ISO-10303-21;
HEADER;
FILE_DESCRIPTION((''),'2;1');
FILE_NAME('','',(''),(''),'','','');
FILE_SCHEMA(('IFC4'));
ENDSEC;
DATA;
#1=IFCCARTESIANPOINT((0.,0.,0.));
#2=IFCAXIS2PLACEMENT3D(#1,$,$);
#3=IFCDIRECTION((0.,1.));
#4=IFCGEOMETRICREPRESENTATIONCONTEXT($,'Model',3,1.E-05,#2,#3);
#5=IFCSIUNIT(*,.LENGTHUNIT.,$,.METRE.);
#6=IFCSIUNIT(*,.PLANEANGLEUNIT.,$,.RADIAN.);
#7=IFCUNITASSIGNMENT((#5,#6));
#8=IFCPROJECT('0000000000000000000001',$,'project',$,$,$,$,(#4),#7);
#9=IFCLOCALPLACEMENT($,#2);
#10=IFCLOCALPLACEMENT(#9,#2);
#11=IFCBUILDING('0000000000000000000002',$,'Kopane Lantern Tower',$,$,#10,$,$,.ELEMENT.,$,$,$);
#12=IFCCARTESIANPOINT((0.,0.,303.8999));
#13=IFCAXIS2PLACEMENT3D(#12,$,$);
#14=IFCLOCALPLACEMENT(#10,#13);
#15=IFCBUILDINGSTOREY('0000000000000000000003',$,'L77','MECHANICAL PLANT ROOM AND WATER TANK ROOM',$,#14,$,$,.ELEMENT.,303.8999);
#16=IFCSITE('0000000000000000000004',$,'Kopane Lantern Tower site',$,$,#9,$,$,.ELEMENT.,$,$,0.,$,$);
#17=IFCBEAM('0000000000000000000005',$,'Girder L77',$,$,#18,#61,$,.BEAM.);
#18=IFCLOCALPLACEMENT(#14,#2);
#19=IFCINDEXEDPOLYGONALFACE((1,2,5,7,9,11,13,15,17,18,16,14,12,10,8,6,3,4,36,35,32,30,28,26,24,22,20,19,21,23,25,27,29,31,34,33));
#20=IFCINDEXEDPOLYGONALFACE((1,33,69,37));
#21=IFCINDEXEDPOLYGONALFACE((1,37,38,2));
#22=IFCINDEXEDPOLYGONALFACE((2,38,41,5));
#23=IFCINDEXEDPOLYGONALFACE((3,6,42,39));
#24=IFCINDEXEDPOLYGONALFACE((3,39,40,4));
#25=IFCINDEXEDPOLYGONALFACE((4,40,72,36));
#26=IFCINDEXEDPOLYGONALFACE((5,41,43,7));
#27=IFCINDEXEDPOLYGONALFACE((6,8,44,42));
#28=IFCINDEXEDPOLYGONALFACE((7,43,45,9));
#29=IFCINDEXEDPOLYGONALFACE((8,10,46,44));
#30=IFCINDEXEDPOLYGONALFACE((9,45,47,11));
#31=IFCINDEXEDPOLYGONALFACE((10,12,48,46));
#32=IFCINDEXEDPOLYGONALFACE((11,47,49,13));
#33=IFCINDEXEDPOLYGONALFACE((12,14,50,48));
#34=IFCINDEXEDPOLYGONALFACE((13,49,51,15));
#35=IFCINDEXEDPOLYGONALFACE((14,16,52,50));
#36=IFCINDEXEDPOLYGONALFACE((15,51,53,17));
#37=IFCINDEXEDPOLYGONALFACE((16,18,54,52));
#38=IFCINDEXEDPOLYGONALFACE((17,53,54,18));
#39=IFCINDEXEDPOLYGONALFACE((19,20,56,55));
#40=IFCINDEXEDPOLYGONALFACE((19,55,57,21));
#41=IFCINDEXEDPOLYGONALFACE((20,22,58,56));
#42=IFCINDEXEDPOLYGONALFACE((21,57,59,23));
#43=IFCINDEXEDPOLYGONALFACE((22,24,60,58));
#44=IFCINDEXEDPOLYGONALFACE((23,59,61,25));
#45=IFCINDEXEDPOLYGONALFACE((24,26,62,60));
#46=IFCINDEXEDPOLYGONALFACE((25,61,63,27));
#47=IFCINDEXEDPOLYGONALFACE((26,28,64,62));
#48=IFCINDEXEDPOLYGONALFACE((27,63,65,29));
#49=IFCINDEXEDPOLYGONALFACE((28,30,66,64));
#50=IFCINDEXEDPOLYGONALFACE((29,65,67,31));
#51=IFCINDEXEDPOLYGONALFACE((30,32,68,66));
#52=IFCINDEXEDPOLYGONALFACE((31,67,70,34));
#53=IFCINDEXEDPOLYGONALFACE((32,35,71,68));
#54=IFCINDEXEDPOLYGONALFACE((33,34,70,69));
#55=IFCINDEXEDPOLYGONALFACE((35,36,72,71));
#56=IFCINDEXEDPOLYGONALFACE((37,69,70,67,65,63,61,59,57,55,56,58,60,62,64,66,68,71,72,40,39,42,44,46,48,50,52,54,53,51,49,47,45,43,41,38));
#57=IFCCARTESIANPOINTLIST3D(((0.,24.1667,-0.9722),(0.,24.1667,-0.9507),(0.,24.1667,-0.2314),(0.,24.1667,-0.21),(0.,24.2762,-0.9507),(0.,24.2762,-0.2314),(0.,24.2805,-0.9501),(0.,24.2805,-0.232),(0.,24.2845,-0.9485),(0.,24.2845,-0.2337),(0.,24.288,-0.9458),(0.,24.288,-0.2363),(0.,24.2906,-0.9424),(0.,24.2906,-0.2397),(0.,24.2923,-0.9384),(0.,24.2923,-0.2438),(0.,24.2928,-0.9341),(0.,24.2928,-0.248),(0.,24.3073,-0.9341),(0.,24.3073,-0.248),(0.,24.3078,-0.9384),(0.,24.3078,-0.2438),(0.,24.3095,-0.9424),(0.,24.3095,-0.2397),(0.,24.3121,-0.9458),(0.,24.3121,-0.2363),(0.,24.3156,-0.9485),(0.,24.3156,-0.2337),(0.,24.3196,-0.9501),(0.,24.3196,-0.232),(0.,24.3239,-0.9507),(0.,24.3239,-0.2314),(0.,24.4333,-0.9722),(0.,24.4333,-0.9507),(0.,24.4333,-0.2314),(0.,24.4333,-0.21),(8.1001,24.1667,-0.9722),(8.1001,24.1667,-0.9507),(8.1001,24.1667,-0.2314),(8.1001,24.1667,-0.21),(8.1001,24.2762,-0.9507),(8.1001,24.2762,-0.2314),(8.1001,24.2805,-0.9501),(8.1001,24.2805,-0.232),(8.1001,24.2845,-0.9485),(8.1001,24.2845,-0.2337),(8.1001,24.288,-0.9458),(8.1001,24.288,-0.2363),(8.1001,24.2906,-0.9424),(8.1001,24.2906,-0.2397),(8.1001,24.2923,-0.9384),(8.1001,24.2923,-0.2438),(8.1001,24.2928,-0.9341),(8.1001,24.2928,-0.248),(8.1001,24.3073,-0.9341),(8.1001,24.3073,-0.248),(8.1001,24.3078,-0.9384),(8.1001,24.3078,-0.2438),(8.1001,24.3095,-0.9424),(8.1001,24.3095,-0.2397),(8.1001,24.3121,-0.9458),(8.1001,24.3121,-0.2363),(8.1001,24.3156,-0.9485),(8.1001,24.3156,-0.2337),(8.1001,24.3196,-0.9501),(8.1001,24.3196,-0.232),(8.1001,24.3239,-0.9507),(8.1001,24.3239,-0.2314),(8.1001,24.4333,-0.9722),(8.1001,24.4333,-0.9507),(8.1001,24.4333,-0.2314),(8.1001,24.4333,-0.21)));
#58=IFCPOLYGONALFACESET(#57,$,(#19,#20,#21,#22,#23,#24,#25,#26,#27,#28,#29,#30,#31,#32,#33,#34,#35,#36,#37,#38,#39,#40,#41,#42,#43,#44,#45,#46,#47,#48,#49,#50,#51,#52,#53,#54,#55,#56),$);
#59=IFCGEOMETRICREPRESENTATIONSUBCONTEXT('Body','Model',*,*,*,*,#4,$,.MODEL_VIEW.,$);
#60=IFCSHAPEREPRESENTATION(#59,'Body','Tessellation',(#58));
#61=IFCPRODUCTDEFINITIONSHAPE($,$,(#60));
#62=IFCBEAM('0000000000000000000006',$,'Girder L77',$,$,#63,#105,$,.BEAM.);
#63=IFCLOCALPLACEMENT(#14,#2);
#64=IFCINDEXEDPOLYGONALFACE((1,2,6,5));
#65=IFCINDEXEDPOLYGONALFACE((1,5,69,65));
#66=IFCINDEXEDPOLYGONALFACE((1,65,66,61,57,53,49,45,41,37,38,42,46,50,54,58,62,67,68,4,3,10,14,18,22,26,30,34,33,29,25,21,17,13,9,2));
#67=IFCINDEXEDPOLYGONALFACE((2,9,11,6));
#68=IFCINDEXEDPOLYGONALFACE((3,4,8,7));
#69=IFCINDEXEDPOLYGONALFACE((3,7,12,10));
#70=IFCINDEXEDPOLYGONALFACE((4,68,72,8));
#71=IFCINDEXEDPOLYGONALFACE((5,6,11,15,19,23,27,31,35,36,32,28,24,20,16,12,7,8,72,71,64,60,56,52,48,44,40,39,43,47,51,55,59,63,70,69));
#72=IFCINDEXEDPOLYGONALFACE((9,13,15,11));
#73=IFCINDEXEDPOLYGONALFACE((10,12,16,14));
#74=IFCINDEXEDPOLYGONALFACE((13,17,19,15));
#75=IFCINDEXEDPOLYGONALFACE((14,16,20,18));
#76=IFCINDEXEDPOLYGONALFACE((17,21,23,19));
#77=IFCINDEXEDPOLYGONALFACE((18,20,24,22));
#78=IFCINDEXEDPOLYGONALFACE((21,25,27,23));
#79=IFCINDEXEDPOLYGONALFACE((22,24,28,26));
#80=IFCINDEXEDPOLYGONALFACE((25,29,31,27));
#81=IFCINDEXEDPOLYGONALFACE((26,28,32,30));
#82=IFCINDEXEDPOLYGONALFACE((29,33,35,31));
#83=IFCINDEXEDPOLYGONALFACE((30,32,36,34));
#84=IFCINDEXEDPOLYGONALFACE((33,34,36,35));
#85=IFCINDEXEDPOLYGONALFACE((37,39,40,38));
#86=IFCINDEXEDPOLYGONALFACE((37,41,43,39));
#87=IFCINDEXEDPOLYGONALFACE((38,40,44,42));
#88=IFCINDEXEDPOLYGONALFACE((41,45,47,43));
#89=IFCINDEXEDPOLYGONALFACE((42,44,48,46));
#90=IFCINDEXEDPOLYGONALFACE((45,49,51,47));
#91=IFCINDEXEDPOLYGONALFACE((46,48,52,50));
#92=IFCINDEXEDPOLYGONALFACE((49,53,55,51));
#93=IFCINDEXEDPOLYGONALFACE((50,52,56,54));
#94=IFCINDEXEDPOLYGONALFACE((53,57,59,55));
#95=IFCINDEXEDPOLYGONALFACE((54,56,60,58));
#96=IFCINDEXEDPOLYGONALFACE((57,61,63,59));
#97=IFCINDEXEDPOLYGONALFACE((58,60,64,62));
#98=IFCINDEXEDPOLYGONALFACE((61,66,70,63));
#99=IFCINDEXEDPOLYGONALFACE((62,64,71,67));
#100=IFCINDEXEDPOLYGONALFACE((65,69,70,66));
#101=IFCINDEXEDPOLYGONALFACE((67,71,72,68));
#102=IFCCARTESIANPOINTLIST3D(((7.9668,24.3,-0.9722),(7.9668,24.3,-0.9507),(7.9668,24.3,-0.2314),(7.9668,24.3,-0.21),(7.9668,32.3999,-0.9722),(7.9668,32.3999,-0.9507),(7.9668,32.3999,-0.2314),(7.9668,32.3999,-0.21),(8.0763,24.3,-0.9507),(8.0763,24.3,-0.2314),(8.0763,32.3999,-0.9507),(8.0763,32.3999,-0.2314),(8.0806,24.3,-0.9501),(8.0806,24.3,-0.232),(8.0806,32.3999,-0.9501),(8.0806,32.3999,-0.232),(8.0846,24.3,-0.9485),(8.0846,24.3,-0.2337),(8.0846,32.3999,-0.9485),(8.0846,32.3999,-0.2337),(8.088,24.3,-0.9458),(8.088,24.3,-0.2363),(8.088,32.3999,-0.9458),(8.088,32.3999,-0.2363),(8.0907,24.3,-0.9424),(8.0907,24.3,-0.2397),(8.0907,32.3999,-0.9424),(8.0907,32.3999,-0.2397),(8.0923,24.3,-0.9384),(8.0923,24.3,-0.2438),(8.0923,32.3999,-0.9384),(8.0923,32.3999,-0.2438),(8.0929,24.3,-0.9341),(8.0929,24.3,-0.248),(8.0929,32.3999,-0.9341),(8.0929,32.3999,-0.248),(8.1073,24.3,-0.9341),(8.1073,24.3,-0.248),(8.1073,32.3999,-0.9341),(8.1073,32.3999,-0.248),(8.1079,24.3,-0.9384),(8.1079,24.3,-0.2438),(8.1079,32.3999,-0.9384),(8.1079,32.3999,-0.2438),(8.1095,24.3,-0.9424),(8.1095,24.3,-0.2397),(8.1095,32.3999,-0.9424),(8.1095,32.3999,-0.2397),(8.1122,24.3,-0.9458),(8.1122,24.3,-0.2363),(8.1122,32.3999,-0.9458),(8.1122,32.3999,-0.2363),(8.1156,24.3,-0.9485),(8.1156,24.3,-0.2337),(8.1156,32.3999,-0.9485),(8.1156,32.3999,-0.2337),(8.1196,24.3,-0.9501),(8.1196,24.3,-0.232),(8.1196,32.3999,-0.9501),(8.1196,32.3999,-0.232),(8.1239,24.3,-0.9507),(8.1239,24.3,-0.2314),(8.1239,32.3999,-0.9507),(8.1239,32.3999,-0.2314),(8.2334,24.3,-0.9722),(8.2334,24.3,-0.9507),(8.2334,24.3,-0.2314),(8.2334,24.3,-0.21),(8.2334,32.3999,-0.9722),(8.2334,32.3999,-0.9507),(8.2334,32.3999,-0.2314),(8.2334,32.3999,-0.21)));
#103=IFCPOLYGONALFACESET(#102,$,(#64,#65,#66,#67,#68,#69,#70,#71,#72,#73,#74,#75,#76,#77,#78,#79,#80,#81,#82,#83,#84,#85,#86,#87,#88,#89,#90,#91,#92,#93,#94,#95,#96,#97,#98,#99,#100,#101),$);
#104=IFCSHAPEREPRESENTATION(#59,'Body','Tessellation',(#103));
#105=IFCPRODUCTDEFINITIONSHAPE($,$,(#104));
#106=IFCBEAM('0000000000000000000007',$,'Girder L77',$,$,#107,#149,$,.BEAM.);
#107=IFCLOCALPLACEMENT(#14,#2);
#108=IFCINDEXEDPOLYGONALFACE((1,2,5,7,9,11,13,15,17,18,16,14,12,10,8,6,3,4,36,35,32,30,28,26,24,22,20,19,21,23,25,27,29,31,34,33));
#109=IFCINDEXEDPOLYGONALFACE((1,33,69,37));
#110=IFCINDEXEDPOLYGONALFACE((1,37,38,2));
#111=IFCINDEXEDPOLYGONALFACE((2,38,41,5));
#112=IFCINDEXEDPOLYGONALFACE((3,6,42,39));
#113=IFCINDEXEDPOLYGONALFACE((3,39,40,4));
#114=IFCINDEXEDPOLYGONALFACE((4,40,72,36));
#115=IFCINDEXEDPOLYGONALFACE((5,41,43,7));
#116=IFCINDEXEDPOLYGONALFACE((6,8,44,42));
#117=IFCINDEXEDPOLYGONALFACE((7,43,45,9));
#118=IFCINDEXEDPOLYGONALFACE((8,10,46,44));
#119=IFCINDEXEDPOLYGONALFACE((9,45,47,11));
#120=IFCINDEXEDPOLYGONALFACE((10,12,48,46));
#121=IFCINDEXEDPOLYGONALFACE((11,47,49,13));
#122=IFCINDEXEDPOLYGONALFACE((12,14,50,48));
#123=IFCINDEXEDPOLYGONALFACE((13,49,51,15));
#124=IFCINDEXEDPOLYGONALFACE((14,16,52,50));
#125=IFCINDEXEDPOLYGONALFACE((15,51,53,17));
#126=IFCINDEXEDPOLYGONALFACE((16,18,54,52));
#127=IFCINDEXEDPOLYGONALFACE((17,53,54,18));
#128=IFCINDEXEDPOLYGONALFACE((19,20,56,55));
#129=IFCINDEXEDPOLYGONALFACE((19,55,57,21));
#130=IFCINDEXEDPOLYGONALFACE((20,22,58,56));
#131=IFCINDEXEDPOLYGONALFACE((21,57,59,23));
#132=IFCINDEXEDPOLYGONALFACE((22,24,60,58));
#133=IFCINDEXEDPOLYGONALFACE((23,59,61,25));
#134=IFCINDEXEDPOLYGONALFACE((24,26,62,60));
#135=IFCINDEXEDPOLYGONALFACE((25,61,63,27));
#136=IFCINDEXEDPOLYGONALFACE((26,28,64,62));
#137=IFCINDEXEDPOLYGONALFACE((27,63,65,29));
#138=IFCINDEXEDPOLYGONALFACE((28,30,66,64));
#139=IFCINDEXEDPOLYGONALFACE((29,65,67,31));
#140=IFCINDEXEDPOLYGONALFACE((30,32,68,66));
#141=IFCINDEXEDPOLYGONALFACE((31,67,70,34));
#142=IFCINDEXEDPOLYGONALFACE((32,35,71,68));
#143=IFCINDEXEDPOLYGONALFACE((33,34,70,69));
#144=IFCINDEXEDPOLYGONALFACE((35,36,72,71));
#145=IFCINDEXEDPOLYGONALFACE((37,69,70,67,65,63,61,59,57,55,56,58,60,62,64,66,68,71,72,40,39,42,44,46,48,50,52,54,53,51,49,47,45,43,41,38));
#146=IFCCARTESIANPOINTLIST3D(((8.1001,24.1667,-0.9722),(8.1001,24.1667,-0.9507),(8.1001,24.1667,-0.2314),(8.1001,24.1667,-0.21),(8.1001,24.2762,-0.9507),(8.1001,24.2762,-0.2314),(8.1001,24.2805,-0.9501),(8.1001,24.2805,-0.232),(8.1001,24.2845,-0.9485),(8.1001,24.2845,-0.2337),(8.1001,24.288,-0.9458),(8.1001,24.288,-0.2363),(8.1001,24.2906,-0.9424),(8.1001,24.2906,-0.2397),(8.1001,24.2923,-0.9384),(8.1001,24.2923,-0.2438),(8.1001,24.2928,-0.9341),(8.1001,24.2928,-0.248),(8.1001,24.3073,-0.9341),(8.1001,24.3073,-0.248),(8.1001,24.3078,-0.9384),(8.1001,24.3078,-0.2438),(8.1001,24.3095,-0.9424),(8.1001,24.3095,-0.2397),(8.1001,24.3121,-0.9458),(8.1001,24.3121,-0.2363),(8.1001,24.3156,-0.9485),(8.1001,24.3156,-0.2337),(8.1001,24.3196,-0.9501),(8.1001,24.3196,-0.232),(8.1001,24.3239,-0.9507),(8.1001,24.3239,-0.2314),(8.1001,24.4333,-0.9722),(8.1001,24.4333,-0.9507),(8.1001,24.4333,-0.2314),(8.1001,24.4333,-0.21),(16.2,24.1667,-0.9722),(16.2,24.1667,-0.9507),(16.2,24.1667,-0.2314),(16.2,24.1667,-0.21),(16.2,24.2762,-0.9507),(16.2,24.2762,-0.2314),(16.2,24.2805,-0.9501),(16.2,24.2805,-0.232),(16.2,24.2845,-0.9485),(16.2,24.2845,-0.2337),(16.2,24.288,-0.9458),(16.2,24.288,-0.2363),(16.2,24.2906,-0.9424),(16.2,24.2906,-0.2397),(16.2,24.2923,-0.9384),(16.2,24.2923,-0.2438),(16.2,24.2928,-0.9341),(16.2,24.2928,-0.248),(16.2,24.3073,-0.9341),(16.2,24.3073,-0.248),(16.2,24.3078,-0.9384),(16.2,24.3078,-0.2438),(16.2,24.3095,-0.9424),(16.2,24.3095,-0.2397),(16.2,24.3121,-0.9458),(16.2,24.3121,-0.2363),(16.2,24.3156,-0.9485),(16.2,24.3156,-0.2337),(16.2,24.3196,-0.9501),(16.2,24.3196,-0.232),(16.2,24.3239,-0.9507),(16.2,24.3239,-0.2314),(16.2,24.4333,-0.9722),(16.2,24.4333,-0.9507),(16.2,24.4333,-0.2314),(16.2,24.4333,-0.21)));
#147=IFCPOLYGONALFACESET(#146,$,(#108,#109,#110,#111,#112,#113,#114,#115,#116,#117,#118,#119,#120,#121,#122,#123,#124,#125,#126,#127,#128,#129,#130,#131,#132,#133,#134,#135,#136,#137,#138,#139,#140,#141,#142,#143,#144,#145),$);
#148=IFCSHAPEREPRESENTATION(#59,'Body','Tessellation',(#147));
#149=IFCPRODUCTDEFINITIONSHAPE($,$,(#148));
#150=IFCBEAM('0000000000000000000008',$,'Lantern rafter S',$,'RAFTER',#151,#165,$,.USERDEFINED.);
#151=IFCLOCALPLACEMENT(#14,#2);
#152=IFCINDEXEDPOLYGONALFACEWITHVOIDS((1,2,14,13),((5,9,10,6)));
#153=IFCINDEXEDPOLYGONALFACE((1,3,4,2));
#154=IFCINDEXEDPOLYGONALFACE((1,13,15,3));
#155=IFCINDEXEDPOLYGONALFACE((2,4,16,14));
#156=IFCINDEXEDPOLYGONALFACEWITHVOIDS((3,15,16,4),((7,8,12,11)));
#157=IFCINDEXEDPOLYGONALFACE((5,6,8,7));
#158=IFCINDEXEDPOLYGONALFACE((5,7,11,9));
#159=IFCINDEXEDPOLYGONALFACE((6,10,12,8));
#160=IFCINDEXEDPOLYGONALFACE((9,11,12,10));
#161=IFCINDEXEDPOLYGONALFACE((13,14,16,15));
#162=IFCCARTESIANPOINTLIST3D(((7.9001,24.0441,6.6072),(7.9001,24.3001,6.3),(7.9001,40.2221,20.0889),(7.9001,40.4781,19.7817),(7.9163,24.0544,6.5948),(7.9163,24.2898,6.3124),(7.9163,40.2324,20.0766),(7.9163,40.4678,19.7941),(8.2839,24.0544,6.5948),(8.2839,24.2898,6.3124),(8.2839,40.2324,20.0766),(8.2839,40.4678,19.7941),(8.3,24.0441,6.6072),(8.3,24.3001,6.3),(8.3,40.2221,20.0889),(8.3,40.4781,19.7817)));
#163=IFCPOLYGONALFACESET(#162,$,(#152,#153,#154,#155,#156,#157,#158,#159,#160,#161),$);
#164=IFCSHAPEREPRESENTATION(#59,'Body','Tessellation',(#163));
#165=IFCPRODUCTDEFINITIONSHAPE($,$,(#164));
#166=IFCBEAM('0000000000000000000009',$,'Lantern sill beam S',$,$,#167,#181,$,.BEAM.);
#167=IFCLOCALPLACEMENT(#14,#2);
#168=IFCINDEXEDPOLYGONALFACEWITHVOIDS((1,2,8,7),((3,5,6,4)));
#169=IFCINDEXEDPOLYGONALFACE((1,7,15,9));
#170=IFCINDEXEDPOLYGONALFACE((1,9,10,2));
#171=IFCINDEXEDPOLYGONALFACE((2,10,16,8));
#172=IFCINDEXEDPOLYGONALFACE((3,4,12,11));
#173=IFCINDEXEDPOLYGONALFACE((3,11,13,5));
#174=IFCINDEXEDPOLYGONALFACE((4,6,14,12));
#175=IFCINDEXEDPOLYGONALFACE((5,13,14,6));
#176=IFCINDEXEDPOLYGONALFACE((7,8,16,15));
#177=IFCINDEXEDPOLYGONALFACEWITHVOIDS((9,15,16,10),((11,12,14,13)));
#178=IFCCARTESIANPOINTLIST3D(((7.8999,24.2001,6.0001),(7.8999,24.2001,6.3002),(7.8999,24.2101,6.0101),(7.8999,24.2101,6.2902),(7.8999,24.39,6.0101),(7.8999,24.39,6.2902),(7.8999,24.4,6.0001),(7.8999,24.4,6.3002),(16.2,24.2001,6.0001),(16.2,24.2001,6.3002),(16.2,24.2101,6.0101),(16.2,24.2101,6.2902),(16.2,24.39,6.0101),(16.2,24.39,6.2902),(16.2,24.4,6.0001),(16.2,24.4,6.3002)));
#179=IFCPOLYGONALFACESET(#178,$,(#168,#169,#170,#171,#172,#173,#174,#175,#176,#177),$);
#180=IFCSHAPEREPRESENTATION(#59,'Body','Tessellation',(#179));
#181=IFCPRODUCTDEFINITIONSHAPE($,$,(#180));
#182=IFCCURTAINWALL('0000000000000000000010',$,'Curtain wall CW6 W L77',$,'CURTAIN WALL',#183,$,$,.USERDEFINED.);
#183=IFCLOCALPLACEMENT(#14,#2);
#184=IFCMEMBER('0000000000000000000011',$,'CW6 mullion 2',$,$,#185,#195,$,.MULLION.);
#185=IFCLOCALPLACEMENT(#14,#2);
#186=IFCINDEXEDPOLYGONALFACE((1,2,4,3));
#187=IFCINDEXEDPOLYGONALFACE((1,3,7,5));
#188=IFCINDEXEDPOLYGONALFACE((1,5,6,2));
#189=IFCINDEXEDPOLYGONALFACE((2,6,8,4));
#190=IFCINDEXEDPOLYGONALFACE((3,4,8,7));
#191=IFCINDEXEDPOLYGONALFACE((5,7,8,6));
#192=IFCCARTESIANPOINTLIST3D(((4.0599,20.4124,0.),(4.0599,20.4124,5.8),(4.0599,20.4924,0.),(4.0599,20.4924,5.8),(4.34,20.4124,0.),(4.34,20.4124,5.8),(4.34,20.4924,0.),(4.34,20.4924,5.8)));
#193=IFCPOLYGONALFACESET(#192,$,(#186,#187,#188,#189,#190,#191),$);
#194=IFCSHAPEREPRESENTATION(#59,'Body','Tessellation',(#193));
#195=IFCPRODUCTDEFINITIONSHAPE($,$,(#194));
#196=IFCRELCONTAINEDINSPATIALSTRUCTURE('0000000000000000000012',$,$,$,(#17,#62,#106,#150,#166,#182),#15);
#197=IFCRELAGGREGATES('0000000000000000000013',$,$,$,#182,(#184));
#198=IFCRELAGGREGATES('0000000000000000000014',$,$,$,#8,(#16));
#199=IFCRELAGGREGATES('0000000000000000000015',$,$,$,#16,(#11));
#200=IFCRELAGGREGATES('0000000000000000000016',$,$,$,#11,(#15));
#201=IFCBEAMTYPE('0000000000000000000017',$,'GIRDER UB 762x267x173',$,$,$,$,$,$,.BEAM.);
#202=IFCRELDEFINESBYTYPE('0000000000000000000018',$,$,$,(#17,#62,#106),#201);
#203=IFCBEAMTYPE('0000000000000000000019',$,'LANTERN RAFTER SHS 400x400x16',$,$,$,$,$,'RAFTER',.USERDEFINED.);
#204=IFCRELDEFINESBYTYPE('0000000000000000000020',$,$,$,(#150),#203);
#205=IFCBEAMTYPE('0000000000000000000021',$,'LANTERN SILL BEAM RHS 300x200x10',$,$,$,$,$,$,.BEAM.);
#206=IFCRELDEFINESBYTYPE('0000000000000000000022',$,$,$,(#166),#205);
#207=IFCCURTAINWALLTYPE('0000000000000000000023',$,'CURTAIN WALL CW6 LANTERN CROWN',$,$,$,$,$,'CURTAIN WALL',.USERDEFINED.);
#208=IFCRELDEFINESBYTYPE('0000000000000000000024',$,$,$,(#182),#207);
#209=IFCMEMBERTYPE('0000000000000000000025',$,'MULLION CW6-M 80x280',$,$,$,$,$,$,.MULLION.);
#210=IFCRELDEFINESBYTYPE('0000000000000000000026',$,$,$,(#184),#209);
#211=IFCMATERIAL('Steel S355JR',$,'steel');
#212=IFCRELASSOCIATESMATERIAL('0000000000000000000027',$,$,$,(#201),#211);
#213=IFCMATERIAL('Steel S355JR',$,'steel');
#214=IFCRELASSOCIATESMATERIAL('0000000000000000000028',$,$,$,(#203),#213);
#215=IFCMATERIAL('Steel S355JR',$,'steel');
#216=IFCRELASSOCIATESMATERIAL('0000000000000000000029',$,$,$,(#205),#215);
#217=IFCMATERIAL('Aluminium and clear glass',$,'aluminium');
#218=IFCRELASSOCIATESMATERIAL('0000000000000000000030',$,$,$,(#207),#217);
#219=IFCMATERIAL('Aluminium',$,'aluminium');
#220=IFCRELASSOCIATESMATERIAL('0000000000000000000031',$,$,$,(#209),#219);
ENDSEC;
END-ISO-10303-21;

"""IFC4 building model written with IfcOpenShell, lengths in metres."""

from ifc_helpers import new_model, si_unit, direction, frame, origin, origin_2d, place, context, subcontext, project, spatial, rectangle, hollow_rectangle, i_section, extrude, material, material_profile, profile_set, type_object, element, aggregate, save


model = new_model("IFC4")

# Units and contexts
model_context = context("Model", 3, precision=1e-05, world=origin(), true_north=direction((0.0, 1.0)))
body_context = subcontext(model_context, "Body", "Model", "MODEL_VIEW")
ifc_project = project(units=[si_unit("LENGTHUNIT", "METRE"), si_unit("PLANEANGLEUNIT", "RADIAN")], contexts=[model_context])

# Site, building, storey
site_placement = place(None, origin())
site = spatial("IfcSite", under=ifc_project, at=site_placement, Name="Kopane Lantern Tower site", CompositionType="ELEMENT", RefElevation=0.0)
building_placement = place(site_placement, origin())
building = spatial("IfcBuilding", under=site, at=building_placement, Name="Kopane Lantern Tower", CompositionType="ELEMENT")
storey_placement = place(building_placement, frame((0.0, 0.0, 303.8999)))
storey = spatial("IfcBuildingStorey", under=building, at=storey_placement, Name="L77", Description="MECHANICAL PLANT ROOM AND WATER TANK ROOM", CompositionType="ELEMENT", Elevation=303.8999)

# Beams
ifc_material_1 = material(Name="Steel S355JR", Category="steel")
ifc_material_profile_1 = material_profile(ifc_material_1, i_section(OverallWidth=0.2666, OverallDepth=0.7622, WebThickness=0.0144, FlangeThickness=0.0215, FilletRadius=0.0166, at=origin_2d()), Name="UB 762x267x173")
ifc_profile_set_1 = profile_set([ifc_material_profile_1], Name="Steel S355JR")
beam_type_1 = type_object("IfcBeamType", Name="GIRDER UB 762x267x173", PredefinedType="BEAM", material=ifc_profile_set_1)
beam_1_placement = place(storey_placement, frame((0.0, 24.3, -0.5911), z_axis=(1.0, 0.0, 0.0), x_axis=(0.0, 1.0, 0.0)))
element("IfcBeam", 1, at=beam_1_placement, inside=storey, type_object=beam_type_1, Name="Girder L77", PredefinedType="BEAM", context=body_context, shape_type="SweptSolid", body=[
    extrude(i_section(OverallWidth=0.2666, OverallDepth=0.7622, WebThickness=0.0144, FlangeThickness=0.0215, FilletRadius=0.0166, at=origin_2d()), origin(), (0.0, 0.0, 1.0), 8.1001),
])
for number, where, z_axis, x_axis, name in (
    (2, (8.1001, 24.3, -0.5911), (0.0, 1.0, 0.0), (-1.0, 0.0, 0.0), "Girder L77"),
    (3, (8.1001, 24.3, -0.5911), (1.0, 0.0, 0.0), (0.0, 1.0, 0.0), "Girder L77"),
):
    element("IfcBeam", number, at=place(storey_placement, frame(where, z_axis=z_axis, x_axis=x_axis)), inside=storey, type_object=beam_type_1, Name=name, PredefinedType="BEAM", context=body_context, shape_type="SweptSolid", body=[
        extrude(i_section(OverallWidth=0.2666, OverallDepth=0.7622, WebThickness=0.0144, FlangeThickness=0.0215, FilletRadius=0.0166, at=origin_2d()), origin(), (0.0, 0.0, 1.0), 8.0999),
    ])
ifc_material_2 = material(Name="Steel S355JR", Category="steel")
ifc_material_profile_2 = material_profile(ifc_material_2, hollow_rectangle(XDim=0.3999, YDim=0.3999, WallThickness=0.0161, at=origin_2d()), Name="RHS 400x400x16")
ifc_profile_set_2 = profile_set([ifc_material_profile_2], Name="Steel S355JR")
beam_type_2 = type_object("IfcBeamType", Name="LANTERN RAFTER SHS 400x400x16", ElementType="RAFTER", PredefinedType="USERDEFINED", material=ifc_profile_set_2)
beam_2_placement = place(storey_placement, frame((8.1001, 24.1721, 6.4536), z_axis=(0.0, 0.76822, 0.640186), x_axis=(-1.0, 0.0, 0.0)))
element("IfcBeam", 4, at=beam_2_placement, inside=storey, type_object=beam_type_2, Name="Lantern rafter S", ObjectType="RAFTER", PredefinedType="USERDEFINED", context=body_context, shape_type="SweptSolid", body=[
    extrude(hollow_rectangle(XDim=0.3999, YDim=0.3999, WallThickness=0.0161, at=origin_2d()), origin(), (0.0, 0.0, 1.0), 21.0591),
])
ifc_material_3 = material(Name="Steel S355JR", Category="steel")
ifc_material_profile_3 = material_profile(ifc_material_3, hollow_rectangle(XDim=0.2, YDim=0.3, WallThickness=0.01, at=origin_2d()), Name="RHS 300x200x10")
ifc_profile_set_3 = profile_set([ifc_material_profile_3], Name="Steel S355JR")
beam_type_3 = type_object("IfcBeamType", Name="LANTERN SILL BEAM RHS 300x200x10", PredefinedType="BEAM", material=ifc_profile_set_3)
beam_3_placement = place(storey_placement, frame((7.8999, 24.3, 6.1501), z_axis=(1.0, 0.0, 0.0), x_axis=(0.0, 1.0, 0.0)))
element("IfcBeam", 5, at=beam_3_placement, inside=storey, type_object=beam_type_3, Name="Lantern sill beam S", PredefinedType="BEAM", context=body_context, shape_type="SweptSolid", body=[
    extrude(hollow_rectangle(XDim=0.2, YDim=0.3, WallThickness=0.01, at=origin_2d()), origin(), (0.0, 0.0, 1.0), 8.3),
])

# Curtain wall, member
ifc_material_4 = material(Name="Aluminium and clear glass", Category="aluminium")
curtain_wall_type = type_object("IfcCurtainWallType", Name="CURTAIN WALL CW6 LANTERN CROWN", ElementType="CURTAIN WALL", PredefinedType="USERDEFINED", material=ifc_material_4)
curtain_wall_1_placement = place(storey_placement, origin())
curtain_wall_1 = element("IfcCurtainWall", 6, at=curtain_wall_1_placement, inside=storey, type_object=curtain_wall_type, Name="Curtain wall CW6 W L77", ObjectType="CURTAIN WALL", PredefinedType="USERDEFINED")
ifc_material_5 = material(Name="Aluminium", Category="aluminium")
ifc_material_profile_4 = material_profile(ifc_material_5, rectangle(XDim=0.0801, YDim=0.28, at=origin_2d()), Name="AL 80x280")
ifc_profile_set_4 = profile_set([ifc_material_profile_4], Name="Aluminium")
member_type_1 = type_object("IfcMemberType", Name="MULLION CW6-M 80x280", PredefinedType="MULLION", material=ifc_profile_set_4)
member_1_placement = place(storey_placement, frame((4.2, 20.4524, 0.0), z_axis=(0.0, 0.0, 1.0), x_axis=(0.0, -1.0, 0.0)))
member_1 = element("IfcMember", 7, at=member_1_placement, type_object=member_type_1, Name="CW6 mullion 2", PredefinedType="MULLION", context=body_context, shape_type="SweptSolid", body=[
    extrude(rectangle(XDim=0.0801, YDim=0.28, at=origin_2d()), origin(), (0.0, 0.0, 1.0), 5.8),
])

aggregate(curtain_wall_1, [member_1])

save(model, "model.ifc")
